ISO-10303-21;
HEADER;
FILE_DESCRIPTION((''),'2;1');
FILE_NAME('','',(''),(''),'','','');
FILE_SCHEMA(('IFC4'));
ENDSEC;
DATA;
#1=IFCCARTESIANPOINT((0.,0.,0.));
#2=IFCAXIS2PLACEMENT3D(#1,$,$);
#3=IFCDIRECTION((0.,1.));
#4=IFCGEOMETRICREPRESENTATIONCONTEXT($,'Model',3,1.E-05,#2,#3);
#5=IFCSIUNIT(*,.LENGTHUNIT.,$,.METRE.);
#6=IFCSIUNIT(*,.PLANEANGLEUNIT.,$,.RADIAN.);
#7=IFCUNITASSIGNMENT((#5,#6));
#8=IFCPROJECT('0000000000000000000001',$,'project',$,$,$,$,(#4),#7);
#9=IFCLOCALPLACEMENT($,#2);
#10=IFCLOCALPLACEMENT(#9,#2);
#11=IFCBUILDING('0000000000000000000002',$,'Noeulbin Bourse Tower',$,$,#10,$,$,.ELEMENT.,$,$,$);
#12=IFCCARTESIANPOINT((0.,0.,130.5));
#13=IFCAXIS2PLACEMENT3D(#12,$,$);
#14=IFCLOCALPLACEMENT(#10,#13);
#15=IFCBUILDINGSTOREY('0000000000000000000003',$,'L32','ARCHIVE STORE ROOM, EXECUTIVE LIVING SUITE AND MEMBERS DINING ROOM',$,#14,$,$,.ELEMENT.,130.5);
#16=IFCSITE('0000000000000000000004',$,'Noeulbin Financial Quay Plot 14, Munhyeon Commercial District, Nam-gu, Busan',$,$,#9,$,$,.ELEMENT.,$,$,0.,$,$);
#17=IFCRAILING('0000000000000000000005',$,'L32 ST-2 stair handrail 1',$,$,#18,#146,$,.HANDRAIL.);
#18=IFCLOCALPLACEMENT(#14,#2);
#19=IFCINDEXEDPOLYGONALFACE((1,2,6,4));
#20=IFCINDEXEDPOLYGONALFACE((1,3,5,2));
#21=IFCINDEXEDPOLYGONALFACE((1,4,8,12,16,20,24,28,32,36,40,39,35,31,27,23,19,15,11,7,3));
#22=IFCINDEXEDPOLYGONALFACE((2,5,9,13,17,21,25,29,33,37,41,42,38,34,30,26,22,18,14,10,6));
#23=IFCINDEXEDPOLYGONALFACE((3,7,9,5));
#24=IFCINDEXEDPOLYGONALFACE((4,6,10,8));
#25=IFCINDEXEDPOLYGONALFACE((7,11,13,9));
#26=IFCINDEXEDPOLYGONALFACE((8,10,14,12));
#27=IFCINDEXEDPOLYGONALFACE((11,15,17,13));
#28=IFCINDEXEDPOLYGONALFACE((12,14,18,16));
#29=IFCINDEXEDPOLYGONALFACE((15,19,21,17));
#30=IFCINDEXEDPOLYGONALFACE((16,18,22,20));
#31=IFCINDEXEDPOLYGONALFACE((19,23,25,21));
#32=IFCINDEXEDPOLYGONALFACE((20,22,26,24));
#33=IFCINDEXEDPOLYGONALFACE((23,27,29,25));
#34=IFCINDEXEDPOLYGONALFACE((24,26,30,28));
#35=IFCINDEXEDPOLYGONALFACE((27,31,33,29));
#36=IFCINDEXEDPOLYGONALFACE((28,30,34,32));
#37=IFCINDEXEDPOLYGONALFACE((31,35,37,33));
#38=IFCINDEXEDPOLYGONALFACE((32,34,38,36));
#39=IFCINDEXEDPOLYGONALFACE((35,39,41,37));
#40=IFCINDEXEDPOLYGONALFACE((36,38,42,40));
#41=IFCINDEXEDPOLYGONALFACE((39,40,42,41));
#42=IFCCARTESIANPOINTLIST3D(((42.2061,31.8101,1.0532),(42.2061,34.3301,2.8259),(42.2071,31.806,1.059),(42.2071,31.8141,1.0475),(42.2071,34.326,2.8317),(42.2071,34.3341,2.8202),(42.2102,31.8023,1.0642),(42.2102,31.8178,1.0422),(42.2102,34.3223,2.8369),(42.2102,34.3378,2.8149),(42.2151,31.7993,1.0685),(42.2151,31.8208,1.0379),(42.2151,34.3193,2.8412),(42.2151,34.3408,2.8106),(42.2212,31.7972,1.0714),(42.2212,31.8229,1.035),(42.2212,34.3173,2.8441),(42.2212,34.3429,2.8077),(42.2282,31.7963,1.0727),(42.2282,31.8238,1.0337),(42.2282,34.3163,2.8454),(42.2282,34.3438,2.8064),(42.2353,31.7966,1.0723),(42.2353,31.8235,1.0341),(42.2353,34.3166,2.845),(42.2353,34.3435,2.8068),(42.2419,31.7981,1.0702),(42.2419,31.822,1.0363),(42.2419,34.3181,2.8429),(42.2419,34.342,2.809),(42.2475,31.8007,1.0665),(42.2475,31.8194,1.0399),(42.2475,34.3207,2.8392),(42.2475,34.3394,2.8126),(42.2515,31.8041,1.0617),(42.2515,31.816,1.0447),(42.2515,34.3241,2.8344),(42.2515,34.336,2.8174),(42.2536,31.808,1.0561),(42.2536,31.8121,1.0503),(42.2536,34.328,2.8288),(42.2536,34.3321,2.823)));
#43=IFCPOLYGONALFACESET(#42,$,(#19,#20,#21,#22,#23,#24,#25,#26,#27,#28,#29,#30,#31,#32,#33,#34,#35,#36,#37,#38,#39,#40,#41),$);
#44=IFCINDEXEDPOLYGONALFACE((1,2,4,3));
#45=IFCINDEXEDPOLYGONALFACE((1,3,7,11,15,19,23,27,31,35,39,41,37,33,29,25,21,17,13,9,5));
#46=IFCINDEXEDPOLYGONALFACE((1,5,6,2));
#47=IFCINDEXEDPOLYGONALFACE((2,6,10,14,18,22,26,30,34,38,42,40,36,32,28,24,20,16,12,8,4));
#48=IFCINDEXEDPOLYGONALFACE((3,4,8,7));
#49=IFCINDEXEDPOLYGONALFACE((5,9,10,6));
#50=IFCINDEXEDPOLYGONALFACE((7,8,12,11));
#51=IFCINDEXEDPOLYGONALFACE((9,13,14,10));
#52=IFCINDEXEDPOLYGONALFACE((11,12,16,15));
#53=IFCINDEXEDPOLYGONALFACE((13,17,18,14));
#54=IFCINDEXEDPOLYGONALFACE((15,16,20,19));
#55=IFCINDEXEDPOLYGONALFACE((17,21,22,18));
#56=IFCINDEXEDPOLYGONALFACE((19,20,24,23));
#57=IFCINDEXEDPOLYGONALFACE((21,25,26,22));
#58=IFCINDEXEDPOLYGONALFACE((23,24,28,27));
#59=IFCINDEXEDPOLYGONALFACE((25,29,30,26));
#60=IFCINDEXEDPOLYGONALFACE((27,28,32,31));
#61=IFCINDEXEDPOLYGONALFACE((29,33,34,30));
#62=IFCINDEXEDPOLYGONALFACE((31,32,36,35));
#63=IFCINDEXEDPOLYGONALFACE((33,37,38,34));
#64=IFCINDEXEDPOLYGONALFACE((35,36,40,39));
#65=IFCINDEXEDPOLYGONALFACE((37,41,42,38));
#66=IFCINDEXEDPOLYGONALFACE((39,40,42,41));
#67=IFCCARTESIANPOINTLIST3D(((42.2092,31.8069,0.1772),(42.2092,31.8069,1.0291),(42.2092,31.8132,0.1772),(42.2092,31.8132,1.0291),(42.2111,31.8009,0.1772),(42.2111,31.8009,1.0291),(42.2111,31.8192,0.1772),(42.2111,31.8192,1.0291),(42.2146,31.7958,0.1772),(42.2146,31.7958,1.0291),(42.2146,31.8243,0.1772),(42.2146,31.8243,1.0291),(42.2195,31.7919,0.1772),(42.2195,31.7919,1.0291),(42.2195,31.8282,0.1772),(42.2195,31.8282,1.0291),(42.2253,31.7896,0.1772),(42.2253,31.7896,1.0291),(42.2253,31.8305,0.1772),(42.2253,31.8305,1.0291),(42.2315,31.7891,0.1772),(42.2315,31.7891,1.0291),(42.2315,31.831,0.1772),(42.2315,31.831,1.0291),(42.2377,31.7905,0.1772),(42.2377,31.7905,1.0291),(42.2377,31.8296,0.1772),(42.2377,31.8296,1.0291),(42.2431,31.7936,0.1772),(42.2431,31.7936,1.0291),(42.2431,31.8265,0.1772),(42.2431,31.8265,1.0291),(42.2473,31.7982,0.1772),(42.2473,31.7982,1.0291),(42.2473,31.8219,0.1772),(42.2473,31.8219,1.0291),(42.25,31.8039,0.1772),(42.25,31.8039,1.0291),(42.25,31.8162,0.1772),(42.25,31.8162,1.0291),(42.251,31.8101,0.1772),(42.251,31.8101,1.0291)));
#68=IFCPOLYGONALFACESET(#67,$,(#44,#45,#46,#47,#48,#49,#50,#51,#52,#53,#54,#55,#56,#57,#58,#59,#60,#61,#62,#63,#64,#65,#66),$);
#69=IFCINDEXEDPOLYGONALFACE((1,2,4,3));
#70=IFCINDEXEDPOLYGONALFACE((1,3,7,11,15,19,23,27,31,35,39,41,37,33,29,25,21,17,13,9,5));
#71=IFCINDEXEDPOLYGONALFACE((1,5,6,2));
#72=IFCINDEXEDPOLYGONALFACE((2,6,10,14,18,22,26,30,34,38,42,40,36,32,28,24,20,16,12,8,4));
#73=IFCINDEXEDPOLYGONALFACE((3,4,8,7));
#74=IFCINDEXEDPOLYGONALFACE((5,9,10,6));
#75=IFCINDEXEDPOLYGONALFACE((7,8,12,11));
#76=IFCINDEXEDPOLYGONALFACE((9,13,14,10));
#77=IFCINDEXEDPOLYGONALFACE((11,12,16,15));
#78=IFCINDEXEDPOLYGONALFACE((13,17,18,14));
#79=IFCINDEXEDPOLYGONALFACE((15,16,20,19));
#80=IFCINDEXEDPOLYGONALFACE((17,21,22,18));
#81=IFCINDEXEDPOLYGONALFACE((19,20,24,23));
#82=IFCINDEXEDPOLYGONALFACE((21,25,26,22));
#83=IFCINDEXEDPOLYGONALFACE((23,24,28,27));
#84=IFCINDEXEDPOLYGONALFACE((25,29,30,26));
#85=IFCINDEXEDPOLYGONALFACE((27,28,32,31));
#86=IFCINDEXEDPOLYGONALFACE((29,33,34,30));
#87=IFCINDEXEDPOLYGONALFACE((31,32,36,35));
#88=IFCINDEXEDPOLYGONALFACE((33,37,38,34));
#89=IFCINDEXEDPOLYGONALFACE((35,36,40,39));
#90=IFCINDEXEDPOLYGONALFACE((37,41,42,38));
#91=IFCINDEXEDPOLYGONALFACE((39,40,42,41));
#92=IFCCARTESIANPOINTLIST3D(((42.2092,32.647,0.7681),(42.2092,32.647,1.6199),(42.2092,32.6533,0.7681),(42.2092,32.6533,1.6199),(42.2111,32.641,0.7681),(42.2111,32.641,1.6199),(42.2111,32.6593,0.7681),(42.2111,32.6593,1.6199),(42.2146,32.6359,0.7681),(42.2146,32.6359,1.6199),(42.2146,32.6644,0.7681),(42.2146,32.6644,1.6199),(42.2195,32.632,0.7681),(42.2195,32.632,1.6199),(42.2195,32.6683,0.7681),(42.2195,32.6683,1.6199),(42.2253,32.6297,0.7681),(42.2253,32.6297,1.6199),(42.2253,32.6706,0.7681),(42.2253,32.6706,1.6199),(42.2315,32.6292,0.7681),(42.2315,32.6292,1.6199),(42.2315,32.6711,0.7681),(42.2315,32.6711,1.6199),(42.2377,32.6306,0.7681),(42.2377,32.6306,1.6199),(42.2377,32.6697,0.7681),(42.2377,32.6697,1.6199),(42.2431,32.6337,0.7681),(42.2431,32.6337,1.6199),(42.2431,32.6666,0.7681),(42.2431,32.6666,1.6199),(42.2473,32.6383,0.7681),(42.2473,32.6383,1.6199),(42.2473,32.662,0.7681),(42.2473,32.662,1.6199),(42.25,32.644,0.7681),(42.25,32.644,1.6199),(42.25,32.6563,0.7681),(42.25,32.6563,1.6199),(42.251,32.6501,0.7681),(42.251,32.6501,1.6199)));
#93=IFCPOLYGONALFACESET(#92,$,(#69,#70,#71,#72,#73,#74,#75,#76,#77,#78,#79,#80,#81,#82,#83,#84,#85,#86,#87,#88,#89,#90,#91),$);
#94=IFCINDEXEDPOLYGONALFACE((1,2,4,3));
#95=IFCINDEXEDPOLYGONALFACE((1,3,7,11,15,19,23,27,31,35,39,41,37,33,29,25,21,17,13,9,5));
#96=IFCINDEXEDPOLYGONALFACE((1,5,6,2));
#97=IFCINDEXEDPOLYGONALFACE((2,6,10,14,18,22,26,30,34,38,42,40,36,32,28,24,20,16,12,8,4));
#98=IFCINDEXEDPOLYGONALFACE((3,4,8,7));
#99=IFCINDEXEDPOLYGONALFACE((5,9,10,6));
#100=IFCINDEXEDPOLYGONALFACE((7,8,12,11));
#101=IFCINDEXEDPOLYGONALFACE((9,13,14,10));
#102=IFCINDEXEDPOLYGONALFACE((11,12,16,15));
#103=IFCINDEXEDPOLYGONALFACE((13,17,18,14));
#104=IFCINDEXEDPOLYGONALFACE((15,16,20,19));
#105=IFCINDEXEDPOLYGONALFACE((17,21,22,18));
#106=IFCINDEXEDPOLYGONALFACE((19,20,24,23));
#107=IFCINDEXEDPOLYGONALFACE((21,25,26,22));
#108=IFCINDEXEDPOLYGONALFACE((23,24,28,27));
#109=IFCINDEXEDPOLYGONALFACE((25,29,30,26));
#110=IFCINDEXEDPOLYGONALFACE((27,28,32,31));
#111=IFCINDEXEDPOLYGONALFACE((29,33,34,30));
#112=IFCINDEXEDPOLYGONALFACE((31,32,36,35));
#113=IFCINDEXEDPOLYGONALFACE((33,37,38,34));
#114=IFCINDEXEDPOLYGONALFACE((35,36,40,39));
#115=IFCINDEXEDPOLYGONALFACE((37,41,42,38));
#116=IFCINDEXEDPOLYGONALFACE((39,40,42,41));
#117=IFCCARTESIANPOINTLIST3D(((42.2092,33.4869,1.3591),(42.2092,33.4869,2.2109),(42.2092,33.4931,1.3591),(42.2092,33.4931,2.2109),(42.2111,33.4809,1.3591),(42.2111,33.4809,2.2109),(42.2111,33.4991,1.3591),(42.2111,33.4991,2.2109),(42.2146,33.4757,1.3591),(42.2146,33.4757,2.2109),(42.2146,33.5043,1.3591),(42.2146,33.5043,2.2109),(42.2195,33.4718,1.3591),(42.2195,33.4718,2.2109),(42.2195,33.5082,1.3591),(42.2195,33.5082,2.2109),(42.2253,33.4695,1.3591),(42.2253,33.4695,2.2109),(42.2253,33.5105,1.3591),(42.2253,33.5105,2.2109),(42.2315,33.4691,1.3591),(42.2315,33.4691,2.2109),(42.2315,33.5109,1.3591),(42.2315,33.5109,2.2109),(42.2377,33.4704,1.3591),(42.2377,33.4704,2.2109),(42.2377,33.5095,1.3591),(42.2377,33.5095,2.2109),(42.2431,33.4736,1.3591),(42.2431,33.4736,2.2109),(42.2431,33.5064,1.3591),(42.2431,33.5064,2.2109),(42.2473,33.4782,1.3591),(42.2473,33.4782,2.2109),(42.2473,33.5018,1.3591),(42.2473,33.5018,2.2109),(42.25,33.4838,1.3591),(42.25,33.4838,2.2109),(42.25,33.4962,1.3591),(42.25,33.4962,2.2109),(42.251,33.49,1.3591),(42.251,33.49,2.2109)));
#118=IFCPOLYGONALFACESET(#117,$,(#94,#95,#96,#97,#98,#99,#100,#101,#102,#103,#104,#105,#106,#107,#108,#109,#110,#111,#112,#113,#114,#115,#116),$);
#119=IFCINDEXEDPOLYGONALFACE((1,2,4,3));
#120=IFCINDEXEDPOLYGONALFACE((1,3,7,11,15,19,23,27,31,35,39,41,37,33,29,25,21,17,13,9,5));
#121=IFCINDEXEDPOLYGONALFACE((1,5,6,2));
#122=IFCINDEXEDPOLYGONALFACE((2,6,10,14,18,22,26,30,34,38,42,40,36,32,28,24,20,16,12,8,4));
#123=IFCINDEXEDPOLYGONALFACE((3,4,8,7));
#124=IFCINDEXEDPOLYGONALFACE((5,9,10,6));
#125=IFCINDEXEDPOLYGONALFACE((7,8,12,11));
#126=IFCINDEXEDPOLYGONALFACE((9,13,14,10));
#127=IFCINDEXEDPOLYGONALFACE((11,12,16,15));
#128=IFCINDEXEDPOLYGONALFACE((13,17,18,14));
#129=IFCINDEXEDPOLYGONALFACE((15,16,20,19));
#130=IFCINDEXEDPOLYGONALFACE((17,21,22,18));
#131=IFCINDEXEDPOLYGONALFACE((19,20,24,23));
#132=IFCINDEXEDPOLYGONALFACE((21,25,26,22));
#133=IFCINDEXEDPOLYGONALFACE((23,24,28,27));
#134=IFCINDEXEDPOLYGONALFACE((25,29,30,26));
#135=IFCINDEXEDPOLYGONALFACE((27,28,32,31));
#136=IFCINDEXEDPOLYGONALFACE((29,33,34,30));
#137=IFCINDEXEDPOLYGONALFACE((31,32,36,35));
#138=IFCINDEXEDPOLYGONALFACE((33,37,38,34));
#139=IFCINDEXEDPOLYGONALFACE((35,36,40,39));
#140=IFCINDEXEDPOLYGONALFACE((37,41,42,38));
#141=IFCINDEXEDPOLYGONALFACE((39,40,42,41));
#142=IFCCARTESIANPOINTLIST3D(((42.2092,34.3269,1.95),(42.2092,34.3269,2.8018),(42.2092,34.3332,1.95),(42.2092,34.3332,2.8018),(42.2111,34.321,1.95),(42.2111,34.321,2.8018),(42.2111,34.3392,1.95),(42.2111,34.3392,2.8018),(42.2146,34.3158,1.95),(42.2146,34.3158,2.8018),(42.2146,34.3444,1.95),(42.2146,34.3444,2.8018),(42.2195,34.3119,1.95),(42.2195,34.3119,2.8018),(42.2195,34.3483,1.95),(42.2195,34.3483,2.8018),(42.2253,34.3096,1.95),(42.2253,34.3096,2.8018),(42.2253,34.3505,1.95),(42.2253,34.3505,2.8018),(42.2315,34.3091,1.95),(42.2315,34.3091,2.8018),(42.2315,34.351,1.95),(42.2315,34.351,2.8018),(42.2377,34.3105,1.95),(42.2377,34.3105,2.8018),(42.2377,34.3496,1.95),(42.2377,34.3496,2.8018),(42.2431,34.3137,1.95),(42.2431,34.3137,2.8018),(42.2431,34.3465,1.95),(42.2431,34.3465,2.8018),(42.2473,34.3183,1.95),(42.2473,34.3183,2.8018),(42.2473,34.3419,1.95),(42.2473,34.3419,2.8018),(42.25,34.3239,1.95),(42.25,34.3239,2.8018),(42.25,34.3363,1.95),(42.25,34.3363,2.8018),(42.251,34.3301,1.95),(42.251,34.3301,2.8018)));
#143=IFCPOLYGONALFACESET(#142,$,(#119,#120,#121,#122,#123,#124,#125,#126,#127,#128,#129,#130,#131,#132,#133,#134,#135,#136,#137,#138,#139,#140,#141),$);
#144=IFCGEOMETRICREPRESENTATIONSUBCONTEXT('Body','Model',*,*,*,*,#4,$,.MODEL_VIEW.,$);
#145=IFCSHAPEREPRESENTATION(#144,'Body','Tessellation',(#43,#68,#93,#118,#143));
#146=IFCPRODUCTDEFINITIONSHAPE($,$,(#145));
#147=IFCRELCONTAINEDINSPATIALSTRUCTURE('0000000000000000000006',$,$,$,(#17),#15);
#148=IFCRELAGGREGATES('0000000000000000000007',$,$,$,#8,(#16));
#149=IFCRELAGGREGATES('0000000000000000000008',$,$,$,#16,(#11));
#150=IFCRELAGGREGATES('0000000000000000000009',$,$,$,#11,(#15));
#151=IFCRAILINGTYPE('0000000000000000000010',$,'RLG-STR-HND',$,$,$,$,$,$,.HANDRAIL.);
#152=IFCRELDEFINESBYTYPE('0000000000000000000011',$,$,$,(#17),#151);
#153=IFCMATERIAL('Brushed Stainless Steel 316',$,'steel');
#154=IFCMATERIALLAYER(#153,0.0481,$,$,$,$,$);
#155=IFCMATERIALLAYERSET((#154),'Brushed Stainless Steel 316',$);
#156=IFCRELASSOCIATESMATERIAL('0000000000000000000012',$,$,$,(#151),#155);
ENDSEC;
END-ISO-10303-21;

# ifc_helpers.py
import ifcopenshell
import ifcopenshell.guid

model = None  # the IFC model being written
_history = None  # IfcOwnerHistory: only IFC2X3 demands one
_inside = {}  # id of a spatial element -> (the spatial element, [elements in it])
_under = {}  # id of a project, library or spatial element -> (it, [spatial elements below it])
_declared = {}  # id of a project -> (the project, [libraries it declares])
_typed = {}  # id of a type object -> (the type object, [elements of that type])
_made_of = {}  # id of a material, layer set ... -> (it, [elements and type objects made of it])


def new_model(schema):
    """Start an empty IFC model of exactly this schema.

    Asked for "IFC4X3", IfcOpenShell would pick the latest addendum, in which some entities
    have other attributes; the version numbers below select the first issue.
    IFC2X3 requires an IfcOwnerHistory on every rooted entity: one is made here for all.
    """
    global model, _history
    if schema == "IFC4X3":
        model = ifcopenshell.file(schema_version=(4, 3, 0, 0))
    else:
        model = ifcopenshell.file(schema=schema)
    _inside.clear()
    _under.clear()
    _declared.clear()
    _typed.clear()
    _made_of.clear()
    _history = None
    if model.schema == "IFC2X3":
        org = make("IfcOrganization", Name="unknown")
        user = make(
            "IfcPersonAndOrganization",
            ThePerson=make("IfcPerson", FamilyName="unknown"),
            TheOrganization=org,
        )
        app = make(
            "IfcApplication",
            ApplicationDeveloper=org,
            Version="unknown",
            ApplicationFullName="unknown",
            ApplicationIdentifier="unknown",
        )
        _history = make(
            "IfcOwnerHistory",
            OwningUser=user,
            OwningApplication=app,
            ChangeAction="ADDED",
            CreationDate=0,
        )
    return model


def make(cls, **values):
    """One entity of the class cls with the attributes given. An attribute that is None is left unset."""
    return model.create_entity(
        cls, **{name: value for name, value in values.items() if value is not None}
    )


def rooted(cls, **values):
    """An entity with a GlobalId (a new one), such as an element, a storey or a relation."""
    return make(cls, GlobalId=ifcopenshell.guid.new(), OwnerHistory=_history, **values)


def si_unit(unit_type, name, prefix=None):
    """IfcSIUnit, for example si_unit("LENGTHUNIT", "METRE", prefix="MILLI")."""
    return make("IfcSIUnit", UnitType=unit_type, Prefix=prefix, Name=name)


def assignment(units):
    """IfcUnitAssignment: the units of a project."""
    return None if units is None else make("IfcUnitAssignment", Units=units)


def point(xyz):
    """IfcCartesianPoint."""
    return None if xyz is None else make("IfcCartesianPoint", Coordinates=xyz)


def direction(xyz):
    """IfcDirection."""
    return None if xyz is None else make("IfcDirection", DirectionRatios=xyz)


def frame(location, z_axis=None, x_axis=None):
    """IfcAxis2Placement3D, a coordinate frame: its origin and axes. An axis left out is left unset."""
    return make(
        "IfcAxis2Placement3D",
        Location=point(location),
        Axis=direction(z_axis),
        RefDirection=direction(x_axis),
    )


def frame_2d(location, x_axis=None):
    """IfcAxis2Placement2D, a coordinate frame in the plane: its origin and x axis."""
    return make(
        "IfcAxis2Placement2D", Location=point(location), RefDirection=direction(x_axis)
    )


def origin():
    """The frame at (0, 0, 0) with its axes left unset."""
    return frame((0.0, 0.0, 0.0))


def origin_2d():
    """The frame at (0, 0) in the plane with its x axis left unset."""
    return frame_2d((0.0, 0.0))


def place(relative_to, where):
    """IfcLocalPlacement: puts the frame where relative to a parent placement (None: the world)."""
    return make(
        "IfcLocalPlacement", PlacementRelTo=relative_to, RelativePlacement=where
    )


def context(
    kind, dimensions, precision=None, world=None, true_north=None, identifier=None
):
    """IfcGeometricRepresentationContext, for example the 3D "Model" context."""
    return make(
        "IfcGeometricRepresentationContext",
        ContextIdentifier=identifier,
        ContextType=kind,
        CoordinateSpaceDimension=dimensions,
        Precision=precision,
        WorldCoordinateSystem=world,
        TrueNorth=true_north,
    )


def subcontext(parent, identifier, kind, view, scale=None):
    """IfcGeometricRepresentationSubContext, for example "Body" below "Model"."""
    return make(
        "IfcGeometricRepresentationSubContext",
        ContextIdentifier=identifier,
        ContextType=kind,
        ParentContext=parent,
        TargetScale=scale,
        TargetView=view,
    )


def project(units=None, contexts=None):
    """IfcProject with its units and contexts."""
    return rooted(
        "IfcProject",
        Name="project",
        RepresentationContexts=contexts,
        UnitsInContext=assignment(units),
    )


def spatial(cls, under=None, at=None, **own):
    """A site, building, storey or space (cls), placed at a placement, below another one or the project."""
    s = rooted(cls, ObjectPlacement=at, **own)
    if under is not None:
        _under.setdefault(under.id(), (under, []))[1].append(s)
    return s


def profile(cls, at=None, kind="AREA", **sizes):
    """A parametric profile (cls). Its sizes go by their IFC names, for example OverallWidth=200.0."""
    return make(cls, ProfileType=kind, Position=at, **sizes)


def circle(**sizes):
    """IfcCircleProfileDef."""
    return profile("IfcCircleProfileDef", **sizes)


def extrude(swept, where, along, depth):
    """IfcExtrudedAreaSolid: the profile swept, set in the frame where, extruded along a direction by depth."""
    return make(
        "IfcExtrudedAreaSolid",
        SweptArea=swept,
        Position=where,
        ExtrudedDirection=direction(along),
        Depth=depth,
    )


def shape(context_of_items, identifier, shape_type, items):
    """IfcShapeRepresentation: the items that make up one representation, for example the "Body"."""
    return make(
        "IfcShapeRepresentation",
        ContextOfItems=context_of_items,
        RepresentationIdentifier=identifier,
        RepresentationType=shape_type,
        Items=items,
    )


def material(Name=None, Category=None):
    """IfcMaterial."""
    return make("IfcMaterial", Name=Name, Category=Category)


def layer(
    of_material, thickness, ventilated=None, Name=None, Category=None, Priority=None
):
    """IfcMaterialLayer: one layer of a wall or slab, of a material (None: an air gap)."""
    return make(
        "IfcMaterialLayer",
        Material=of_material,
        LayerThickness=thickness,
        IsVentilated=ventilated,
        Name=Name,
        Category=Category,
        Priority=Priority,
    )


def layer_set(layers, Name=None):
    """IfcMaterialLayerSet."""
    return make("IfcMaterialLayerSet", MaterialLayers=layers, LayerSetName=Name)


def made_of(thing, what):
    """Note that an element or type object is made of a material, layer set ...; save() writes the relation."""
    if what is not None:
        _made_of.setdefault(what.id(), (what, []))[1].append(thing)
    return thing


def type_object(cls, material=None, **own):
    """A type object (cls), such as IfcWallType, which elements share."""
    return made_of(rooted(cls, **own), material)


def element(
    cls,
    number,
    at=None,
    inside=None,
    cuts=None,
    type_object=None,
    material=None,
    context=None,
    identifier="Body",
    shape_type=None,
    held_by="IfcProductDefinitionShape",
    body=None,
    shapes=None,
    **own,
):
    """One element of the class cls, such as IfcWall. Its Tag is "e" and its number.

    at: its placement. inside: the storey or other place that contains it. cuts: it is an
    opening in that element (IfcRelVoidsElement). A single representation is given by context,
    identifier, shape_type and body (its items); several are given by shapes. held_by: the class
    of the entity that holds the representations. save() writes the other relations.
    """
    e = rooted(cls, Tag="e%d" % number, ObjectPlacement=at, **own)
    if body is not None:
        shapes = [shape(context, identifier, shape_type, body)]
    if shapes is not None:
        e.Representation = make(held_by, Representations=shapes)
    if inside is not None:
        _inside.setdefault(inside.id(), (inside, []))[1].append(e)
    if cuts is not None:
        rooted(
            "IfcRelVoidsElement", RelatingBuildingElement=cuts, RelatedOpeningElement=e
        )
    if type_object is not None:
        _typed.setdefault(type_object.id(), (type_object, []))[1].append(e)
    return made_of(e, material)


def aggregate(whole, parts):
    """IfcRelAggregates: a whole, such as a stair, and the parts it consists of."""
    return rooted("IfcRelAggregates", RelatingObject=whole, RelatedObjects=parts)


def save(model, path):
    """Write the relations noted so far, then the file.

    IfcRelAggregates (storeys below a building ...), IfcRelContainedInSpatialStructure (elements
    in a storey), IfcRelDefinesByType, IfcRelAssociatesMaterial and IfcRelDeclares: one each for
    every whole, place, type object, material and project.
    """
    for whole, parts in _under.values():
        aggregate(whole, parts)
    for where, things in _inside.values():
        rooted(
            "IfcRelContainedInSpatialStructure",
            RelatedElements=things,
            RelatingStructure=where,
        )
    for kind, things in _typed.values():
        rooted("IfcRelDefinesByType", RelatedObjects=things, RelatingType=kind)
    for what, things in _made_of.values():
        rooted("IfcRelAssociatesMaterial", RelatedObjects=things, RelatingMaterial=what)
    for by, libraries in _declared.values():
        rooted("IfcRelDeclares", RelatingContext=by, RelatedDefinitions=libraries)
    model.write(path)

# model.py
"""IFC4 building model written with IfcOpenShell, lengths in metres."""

from ifc_helpers import new_model, si_unit, direction, frame, origin, origin_2d, place, context, subcontext, project, spatial, circle, extrude, material, layer, layer_set, type_object, element, save


model = new_model("IFC4")

# Units and contexts
model_context = context("Model", 3, precision=1e-05, world=origin(), true_north=direction((0.0, 1.0)))
body_context = subcontext(model_context, "Body", "Model", "MODEL_VIEW")
ifc_project = project(units=[si_unit("LENGTHUNIT", "METRE"), si_unit("PLANEANGLEUNIT", "RADIAN")], contexts=[model_context])

# Site, building, storey
site_placement = place(None, origin())
site = spatial("IfcSite", under=ifc_project, at=site_placement, Name="Noeulbin Financial Quay Plot 14, Munhyeon Commercial District, Nam-gu, Busan", CompositionType="ELEMENT", RefElevation=0.0)
building_placement = place(site_placement, origin())
building = spatial("IfcBuilding", under=site, at=building_placement, Name="Noeulbin Bourse Tower", CompositionType="ELEMENT")
storey_placement = place(building_placement, frame((0.0, 0.0, 130.5)))
storey = spatial("IfcBuildingStorey", under=building, at=storey_placement, Name="L32", Description="ARCHIVE STORE ROOM, EXECUTIVE LIVING SUITE AND MEMBERS DINING ROOM", CompositionType="ELEMENT", Elevation=130.5)

# Railing
ifc_material_1 = material(Name="Brushed Stainless Steel 316", Category="steel")
ifc_layer_1 = layer(ifc_material_1, 0.0481)
ifc_layer_set_1 = layer_set([ifc_layer_1], Name="Brushed Stainless Steel 316")
railing_type_1 = type_object("IfcRailingType", Name="RLG-STR-HND", PredefinedType="HANDRAIL", material=ifc_layer_set_1)
railing_1_placement = place(storey_placement, frame((42.23, 31.8101, 0.1772)))
element("IfcRailing", 1, at=railing_1_placement, inside=storey, type_object=railing_type_1, Name="L32 ST-2 stair handrail 1", PredefinedType="HANDRAIL", context=body_context, shape_type="SweptSolid", body=[
    extrude(circle(Radius=0.0239, at=origin_2d()), frame((0.0, 0.0, 0.876), z_axis=(0.0, 0.817904, 0.575354), x_axis=(-1.0, 0.0, 0.0)), (0.0, 0.0, 1.0), 3.0811),
    extrude(circle(Radius=0.021, at=origin_2d()), origin(), (0.0, 0.0, 1.0), 0.8518),
    extrude(circle(Radius=0.021, at=origin_2d()), frame((0.0, 0.8401, 0.5908)), (0.0, 0.0, 1.0), 0.8518),
    extrude(circle(Radius=0.021, at=origin_2d()), frame((0.0, 1.6799, 1.1819)), (0.0, 0.0, 1.0), 0.8518),
    extrude(circle(Radius=0.021, at=origin_2d()), frame((0.0, 2.52, 1.7727)), (0.0, 0.0, 1.0), 0.8518),
])

save(model, "model.ifc")
